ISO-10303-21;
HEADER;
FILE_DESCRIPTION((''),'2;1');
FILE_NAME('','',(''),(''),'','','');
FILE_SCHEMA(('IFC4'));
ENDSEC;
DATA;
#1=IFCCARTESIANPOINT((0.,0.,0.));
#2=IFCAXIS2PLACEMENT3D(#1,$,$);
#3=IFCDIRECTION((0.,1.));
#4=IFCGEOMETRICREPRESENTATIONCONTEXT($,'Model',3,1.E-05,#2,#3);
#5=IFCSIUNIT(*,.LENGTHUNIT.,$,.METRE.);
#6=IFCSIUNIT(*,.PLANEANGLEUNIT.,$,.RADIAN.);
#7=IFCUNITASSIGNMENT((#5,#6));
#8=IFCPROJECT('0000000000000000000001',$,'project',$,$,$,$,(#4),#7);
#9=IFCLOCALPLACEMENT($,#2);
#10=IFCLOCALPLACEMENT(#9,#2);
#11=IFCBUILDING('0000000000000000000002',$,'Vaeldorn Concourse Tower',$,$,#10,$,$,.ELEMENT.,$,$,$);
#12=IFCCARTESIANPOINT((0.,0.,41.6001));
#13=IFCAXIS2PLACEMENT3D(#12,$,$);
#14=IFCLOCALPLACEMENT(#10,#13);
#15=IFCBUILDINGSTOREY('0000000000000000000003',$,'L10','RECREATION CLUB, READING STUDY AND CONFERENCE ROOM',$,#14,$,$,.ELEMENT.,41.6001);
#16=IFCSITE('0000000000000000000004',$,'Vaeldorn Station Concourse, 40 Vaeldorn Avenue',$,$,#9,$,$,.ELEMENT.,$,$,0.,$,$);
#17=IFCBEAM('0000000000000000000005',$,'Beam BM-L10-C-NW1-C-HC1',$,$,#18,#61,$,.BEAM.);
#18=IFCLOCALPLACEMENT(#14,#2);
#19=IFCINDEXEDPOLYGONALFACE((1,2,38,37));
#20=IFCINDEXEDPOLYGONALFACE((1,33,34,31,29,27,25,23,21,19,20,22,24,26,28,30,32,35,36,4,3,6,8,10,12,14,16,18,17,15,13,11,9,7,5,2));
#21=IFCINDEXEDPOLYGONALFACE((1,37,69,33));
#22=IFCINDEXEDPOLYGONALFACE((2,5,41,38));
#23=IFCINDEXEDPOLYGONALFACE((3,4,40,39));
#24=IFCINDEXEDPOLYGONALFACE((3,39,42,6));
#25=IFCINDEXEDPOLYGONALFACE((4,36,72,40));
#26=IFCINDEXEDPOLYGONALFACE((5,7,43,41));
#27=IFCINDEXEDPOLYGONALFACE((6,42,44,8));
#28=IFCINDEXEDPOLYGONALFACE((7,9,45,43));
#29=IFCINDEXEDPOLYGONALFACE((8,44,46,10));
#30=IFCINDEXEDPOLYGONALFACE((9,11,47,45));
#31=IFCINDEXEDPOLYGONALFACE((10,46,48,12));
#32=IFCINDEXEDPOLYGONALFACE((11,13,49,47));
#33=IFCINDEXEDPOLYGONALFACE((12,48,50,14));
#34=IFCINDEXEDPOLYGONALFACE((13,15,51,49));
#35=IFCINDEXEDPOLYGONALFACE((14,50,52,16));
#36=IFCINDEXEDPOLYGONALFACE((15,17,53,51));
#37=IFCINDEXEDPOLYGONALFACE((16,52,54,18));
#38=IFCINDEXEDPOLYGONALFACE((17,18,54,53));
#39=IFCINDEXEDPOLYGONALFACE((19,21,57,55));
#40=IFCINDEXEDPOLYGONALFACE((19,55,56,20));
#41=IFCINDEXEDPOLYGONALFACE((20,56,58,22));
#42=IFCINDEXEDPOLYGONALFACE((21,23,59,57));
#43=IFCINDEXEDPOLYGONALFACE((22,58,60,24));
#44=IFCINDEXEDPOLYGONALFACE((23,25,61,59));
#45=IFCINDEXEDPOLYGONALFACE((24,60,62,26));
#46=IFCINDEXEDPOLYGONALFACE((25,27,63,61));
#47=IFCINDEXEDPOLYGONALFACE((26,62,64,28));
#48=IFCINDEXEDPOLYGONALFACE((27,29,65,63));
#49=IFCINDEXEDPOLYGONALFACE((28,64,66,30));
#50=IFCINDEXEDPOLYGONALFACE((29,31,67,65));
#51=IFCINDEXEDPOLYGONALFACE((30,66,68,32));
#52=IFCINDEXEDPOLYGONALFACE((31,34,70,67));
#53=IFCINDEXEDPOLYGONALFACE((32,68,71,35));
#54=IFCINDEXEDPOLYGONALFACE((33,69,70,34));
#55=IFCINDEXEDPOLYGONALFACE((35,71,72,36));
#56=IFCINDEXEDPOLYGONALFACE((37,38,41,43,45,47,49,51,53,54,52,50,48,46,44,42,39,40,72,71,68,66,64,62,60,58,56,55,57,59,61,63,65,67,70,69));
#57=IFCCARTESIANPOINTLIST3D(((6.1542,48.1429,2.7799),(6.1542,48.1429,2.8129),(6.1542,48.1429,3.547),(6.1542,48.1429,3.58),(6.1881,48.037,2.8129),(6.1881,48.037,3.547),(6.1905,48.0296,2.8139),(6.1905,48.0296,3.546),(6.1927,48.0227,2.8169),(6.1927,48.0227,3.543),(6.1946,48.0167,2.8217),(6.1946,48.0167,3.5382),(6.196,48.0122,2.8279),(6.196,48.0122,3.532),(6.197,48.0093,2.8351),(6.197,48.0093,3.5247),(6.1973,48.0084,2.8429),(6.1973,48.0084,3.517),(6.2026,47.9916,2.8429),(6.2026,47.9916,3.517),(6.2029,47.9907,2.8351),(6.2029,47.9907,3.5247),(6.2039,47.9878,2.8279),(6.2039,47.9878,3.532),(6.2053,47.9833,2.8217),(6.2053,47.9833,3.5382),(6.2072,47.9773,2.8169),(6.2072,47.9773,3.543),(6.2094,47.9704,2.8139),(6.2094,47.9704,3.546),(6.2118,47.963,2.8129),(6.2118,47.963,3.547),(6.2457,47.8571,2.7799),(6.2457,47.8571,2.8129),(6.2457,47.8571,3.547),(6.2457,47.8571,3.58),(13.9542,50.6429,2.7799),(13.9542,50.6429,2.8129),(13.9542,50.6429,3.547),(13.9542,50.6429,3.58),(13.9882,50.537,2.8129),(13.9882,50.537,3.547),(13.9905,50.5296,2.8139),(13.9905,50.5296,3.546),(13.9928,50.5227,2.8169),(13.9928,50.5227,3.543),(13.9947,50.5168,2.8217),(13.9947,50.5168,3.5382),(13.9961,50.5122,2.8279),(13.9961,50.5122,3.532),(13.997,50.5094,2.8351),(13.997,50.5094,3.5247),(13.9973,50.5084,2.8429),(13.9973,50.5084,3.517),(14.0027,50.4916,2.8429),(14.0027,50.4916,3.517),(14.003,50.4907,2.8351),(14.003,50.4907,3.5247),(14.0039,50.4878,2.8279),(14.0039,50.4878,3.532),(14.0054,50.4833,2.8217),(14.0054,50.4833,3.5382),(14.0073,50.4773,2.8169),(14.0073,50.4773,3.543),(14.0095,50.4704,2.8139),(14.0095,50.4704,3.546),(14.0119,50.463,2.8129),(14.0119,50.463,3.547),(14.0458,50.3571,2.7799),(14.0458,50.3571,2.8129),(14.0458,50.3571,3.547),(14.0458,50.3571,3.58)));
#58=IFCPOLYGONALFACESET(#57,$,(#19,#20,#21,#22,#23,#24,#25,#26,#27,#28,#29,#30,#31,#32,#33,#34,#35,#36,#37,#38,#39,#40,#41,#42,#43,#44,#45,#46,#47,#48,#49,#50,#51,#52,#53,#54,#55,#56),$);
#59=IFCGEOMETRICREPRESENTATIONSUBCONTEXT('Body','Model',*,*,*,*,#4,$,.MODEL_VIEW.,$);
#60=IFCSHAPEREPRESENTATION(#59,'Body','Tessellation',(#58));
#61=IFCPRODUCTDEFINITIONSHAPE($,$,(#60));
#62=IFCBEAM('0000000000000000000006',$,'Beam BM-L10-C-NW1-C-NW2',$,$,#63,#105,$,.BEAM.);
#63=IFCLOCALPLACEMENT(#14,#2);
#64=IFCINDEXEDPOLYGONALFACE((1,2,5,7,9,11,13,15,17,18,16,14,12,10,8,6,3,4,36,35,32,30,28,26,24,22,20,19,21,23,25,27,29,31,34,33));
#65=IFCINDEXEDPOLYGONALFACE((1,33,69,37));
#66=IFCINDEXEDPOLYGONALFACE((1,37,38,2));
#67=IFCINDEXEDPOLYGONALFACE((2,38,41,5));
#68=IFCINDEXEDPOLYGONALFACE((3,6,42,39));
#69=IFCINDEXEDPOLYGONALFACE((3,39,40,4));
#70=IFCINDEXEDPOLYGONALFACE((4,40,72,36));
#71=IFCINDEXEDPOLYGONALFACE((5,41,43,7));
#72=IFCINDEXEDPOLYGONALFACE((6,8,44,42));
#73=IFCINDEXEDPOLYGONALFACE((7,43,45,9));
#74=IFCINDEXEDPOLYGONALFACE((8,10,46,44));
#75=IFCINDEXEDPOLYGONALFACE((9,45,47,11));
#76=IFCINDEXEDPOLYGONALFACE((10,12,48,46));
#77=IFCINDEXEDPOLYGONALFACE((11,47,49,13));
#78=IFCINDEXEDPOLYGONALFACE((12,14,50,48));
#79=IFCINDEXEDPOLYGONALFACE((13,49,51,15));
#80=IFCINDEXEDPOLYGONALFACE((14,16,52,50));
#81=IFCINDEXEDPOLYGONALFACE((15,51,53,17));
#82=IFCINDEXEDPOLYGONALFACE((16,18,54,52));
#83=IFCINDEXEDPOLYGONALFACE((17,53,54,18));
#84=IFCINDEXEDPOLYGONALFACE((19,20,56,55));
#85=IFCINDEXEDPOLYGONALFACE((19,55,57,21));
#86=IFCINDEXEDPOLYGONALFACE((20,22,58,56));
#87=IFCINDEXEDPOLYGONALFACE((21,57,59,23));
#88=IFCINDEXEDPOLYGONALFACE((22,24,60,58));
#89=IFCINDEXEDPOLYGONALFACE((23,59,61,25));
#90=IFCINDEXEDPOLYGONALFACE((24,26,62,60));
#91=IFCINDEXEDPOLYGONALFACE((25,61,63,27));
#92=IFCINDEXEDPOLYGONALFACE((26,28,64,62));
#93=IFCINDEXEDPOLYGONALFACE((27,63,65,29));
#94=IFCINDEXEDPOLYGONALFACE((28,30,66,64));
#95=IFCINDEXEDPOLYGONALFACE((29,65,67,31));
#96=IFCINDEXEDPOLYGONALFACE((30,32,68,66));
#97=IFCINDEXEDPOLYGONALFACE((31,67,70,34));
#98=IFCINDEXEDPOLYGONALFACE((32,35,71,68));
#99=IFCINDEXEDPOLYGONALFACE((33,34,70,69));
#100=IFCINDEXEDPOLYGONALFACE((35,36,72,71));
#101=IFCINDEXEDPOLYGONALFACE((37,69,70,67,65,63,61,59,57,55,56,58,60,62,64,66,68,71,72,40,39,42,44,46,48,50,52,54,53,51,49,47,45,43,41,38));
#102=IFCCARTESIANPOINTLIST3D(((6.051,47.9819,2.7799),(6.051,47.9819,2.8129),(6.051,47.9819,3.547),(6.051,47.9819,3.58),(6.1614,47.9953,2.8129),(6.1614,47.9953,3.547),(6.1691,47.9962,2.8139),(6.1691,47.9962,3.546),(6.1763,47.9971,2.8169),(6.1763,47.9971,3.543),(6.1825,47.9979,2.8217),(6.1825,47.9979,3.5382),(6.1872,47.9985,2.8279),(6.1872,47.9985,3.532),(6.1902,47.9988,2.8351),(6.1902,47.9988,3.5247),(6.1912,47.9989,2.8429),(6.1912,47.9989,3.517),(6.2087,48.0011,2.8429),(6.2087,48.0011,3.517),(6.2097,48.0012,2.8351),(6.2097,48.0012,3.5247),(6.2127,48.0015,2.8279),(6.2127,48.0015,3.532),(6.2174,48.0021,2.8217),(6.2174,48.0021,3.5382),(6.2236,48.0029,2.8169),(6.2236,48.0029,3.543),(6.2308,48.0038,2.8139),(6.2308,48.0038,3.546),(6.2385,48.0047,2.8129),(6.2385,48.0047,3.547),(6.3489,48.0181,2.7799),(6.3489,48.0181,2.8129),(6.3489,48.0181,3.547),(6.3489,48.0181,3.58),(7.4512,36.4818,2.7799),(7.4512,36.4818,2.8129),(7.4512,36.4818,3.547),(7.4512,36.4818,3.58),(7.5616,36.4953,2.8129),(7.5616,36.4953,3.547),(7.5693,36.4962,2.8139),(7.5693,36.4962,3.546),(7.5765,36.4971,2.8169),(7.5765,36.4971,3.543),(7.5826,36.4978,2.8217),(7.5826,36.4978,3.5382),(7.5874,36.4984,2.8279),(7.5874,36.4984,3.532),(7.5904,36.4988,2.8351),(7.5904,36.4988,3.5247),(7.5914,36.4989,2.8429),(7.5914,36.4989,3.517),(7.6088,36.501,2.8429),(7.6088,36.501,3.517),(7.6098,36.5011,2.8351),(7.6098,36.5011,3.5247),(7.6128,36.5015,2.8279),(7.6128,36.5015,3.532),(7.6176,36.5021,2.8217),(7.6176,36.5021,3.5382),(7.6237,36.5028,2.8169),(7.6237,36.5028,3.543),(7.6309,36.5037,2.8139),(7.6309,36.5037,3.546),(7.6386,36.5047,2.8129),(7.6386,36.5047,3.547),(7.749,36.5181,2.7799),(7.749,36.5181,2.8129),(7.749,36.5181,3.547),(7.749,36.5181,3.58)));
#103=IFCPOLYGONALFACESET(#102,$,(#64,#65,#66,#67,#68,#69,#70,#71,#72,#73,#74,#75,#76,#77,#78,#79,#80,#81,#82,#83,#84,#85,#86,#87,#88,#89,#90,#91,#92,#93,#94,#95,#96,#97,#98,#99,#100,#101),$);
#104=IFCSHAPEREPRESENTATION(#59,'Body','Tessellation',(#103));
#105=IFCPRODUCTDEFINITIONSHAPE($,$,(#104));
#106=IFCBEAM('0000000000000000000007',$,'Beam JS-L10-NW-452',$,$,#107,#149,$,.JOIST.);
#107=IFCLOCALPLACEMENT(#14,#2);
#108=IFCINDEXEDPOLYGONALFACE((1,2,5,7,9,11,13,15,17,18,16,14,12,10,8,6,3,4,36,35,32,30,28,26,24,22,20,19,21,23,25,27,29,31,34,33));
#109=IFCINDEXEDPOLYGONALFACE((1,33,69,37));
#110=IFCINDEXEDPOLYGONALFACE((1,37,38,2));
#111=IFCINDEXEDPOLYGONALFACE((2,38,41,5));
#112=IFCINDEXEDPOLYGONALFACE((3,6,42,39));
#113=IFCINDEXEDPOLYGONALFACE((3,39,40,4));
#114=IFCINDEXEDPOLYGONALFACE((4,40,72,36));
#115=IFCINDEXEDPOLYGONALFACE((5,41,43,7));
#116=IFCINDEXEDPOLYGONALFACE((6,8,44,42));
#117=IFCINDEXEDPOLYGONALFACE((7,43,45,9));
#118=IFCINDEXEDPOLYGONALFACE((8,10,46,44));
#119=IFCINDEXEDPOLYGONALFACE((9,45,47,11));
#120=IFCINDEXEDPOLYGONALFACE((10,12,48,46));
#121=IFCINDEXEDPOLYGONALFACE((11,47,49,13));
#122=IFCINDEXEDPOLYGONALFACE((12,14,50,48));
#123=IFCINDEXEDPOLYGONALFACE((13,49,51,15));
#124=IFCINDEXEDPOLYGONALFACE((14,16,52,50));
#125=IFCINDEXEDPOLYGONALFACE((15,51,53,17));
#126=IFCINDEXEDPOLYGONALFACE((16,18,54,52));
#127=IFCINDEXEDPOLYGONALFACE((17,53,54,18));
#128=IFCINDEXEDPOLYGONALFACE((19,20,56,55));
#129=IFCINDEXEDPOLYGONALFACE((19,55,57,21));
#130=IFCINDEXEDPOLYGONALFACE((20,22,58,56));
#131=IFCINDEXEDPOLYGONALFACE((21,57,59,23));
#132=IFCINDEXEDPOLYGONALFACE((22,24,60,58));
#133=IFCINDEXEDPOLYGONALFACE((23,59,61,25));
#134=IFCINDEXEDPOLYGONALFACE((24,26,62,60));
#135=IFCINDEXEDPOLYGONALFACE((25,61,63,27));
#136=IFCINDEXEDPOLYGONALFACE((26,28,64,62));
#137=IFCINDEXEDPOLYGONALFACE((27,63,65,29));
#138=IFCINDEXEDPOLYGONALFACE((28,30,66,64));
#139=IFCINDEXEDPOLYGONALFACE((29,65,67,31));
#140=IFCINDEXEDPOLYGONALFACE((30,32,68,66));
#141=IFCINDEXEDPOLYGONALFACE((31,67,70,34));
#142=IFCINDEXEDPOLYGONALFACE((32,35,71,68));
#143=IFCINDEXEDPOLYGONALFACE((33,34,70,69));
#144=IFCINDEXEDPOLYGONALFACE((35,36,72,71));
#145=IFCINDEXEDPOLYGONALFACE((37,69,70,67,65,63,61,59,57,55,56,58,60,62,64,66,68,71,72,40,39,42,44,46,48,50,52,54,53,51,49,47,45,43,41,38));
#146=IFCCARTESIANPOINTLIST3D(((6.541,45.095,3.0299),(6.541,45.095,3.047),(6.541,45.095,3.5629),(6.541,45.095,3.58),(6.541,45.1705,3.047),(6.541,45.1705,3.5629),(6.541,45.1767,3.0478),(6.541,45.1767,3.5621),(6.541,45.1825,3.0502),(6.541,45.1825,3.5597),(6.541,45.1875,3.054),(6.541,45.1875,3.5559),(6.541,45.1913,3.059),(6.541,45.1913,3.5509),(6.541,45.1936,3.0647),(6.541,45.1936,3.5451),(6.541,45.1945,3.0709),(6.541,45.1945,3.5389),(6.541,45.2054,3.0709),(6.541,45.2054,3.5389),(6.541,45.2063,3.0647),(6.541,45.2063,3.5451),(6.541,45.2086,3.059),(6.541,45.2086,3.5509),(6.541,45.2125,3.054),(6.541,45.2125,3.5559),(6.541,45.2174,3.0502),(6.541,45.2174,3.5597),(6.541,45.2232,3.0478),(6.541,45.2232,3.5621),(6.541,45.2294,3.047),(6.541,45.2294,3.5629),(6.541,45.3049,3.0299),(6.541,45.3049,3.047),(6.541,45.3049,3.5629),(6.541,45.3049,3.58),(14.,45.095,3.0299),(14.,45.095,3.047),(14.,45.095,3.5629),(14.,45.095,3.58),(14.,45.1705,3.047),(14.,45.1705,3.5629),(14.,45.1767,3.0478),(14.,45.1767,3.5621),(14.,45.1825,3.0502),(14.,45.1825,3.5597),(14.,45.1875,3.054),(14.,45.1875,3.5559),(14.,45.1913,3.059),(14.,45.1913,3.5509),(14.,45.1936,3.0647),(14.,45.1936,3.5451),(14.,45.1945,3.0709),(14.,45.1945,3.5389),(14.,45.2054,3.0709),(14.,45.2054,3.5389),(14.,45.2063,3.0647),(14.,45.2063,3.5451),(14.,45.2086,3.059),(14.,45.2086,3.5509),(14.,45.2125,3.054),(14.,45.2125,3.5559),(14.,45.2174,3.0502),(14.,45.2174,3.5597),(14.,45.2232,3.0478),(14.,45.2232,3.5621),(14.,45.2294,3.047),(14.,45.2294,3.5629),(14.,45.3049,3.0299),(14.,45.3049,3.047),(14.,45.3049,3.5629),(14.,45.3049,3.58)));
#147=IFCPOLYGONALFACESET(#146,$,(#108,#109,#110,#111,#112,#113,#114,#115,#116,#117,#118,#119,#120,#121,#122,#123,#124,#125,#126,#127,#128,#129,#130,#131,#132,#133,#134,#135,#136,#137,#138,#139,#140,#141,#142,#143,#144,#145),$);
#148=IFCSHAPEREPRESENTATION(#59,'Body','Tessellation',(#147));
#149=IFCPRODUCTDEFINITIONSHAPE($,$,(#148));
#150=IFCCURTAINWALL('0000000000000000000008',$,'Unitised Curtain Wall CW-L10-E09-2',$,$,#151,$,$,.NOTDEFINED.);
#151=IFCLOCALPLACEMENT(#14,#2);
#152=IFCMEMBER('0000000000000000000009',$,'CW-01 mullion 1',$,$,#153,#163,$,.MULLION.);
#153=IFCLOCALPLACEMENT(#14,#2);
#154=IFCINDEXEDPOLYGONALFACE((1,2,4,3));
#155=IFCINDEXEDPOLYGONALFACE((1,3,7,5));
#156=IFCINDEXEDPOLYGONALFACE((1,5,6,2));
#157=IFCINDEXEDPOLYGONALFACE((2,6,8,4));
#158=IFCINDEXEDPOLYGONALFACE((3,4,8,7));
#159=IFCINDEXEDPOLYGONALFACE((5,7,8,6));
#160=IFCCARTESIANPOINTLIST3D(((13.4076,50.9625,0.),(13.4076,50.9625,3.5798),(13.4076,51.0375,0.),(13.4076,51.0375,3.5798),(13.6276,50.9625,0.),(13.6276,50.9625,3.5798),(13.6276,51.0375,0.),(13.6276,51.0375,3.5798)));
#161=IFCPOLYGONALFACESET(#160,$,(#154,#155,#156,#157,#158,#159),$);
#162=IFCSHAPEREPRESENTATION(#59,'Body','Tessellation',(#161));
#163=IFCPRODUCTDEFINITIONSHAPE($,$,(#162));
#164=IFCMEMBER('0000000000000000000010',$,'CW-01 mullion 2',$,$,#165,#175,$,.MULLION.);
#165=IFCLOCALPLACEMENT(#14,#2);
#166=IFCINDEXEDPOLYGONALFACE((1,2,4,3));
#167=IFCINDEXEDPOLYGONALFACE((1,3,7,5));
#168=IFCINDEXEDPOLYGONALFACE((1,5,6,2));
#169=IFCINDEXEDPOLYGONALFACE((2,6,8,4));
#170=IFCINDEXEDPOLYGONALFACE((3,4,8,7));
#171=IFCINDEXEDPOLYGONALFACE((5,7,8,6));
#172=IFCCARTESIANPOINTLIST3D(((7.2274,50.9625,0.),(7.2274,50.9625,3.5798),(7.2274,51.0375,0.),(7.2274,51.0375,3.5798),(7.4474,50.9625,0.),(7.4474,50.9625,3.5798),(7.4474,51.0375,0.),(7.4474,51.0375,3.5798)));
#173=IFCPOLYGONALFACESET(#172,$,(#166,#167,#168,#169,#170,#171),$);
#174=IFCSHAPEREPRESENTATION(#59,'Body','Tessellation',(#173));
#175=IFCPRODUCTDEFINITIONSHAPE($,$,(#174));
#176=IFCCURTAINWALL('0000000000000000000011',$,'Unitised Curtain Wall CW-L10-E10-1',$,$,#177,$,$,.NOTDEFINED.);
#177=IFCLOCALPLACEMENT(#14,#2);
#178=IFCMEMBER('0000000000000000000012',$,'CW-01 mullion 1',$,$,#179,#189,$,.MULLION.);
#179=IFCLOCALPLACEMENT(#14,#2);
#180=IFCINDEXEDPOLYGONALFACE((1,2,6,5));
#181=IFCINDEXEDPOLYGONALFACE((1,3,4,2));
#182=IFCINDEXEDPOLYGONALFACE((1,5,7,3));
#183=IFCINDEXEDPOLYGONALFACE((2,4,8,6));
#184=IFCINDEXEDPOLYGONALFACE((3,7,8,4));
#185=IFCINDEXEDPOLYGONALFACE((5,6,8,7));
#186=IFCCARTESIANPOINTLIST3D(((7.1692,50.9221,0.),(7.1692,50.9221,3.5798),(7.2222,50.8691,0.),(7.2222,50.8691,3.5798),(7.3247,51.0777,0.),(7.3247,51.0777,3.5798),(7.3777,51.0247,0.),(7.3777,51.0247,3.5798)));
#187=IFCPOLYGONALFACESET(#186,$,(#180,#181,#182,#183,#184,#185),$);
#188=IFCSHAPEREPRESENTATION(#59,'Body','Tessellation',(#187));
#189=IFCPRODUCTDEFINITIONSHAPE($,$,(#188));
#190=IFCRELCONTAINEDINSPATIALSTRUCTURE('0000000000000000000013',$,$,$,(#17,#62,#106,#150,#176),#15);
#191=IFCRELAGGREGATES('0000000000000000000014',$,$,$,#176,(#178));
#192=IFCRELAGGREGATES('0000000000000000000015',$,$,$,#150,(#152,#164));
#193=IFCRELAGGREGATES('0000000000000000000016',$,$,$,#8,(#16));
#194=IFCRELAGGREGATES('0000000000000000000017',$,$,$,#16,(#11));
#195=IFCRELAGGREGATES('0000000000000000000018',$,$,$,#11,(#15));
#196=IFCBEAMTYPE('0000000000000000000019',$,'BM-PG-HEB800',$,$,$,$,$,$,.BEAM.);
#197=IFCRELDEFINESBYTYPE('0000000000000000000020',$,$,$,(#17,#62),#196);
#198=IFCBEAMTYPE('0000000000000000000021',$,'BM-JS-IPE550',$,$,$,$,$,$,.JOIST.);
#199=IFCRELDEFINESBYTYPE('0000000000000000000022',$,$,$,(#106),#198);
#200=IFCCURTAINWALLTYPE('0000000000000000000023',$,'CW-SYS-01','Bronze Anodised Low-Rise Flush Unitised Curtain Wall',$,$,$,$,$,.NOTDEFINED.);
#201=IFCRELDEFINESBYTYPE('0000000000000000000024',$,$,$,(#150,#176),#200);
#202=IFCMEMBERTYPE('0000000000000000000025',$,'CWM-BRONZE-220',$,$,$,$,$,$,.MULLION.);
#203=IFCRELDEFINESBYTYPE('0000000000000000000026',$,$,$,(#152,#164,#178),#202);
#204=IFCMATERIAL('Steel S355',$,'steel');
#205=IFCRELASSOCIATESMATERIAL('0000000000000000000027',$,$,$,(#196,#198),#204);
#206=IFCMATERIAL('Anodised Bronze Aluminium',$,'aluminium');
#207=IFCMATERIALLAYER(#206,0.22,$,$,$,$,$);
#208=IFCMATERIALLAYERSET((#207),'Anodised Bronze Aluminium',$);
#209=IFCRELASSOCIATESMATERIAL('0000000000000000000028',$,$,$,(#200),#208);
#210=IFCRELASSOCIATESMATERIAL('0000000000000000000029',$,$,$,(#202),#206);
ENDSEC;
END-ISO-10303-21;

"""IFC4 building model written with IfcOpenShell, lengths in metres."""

from ifc_helpers import new_model, si_unit, direction, frame, origin, origin_2d, place, context, subcontext, project, spatial, rectangle, i_section, extrude, source, transform, mapped, material, layer, layer_set, material_profile, profile_set, type_object, element, aggregate, save


model = new_model("IFC4")

# Units and contexts
model_context = context("Model", 3, precision=1e-05, world=origin(), true_north=direction((0.0, 1.0)))
body_context = subcontext(model_context, "Body", "Model", "MODEL_VIEW")
ifc_project = project(units=[si_unit("LENGTHUNIT", "METRE"), si_unit("PLANEANGLEUNIT", "RADIAN")], contexts=[model_context])

# Site, building, storey
site_placement = place(None, origin())
site = spatial("IfcSite", under=ifc_project, at=site_placement, Name="Vaeldorn Station Concourse, 40 Vaeldorn Avenue", CompositionType="ELEMENT", RefElevation=0.0)
building_placement = place(site_placement, origin())
building = spatial("IfcBuilding", under=site, at=building_placement, Name="Vaeldorn Concourse Tower", CompositionType="ELEMENT")
storey_placement = place(building_placement, frame((0.0, 0.0, 41.6001)))
storey = spatial("IfcBuildingStorey", under=building, at=storey_placement, Name="L10", Description="RECREATION CLUB, READING STUDY AND CONFERENCE ROOM", CompositionType="ELEMENT", Elevation=41.6001)

# Beams
ifc_material_1 = material(Name="Steel S355", Category="steel")
ifc_material_profile_1 = material_profile(ifc_material_1, i_section(OverallWidth=0.3, OverallDepth=0.8, WebThickness=0.0176, FlangeThickness=0.033, FilletRadius=0.03, at=origin_2d()), Name="HEB 800")
ifc_profile_set_1 = profile_set([ifc_material_profile_1], Name="Steel S355")
beam_type_1 = type_object("IfcBeamType", Name="BM-PG-HEB800", PredefinedType="BEAM", material=ifc_profile_set_1)
shared_shape_1 = source(origin(), body_context, "Body", "SweptSolid", [
    extrude(i_section(OverallWidth=0.3, OverallDepth=0.8, WebThickness=0.0176, FlangeThickness=0.033, FilletRadius=0.03, at=origin_2d()), origin(), (0.0, 0.0, 1.0), 8.1909),
])
beam_1_placement = place(storey_placement, frame((6.2, 48.0, 3.1799), z_axis=(0.952283, 0.305217, 0.0), x_axis=(-0.305217, 0.952283, 0.0)))
element("IfcBeam", 1, at=beam_1_placement, inside=storey, type_object=beam_type_1, Name="Beam BM-L10-C-NW1-C-HC1", PredefinedType="BEAM", context=body_context, shape_type="MappedRepresentation", body=[
    mapped(shared_shape_1, transform((0.0, 0.0, 0.0), scale=1.0)),
])
shared_shape_2 = source(origin(), body_context, "Body", "SweptSolid", [
    extrude(i_section(OverallWidth=0.3, OverallDepth=0.8, WebThickness=0.0176, FlangeThickness=0.033, FilletRadius=0.03, at=origin_2d()), origin(), (0.0, 0.0, 1.0), 11.585),
])
beam_2_placement = place(storey_placement, frame((6.2, 48.0, 3.1799), z_axis=(0.120859, -0.99267, 0.0), x_axis=(0.99267, 0.120859, 0.0)))
element("IfcBeam", 2, at=beam_2_placement, inside=storey, type_object=beam_type_1, Name="Beam BM-L10-C-NW1-C-NW2", PredefinedType="BEAM", context=body_context, shape_type="MappedRepresentation", body=[
    mapped(shared_shape_2, transform((0.0, 0.0, 0.0), scale=1.0)),
])
ifc_material_profile_2 = material_profile(ifc_material_1, i_section(OverallWidth=0.21, OverallDepth=0.55, WebThickness=0.011, FlangeThickness=0.0171, FilletRadius=0.0239, at=origin_2d()), Name="IPE 550")
ifc_profile_set_2 = profile_set([ifc_material_profile_2], Name="Steel S355")
beam_type_2 = type_object("IfcBeamType", Name="BM-JS-IPE550", PredefinedType="JOIST", material=ifc_profile_set_2)
shared_shape_3 = source(origin(), body_context, "Body", "SweptSolid", [
    extrude(i_section(OverallWidth=0.21, OverallDepth=0.55, WebThickness=0.011, FlangeThickness=0.0171, FilletRadius=0.0239, at=origin_2d()), origin(), (0.0, 0.0, 1.0), 7.459),
])
beam_3_placement = place(storey_placement, frame((6.541, 45.2, 3.3049), z_axis=(1.0, 0.0, 0.0), x_axis=(0.0, 1.0, 0.0)))
element("IfcBeam", 3, at=beam_3_placement, inside=storey, type_object=beam_type_2, Name="Beam JS-L10-NW-452", PredefinedType="JOIST", context=body_context, shape_type="MappedRepresentation", body=[
    mapped(shared_shape_3, transform((0.0, 0.0, 0.0), scale=1.0)),
])

# Curtain walls, members
ifc_material_2 = material(Name="Anodised Bronze Aluminium", Category="aluminium")
ifc_layer_1 = layer(ifc_material_2, 0.22)
ifc_layer_set_1 = layer_set([ifc_layer_1], Name="Anodised Bronze Aluminium")
curtain_wall_type = type_object("IfcCurtainWallType", Name="CW-SYS-01", Description="Bronze Anodised Low-Rise Flush Unitised Curtain Wall", PredefinedType="NOTDEFINED", material=ifc_layer_set_1)
curtain_wall_1_placement = place(storey_placement, origin())
curtain_wall_1 = element("IfcCurtainWall", 4, at=curtain_wall_1_placement, inside=storey, type_object=curtain_wall_type, Name="Unitised Curtain Wall CW-L10-E09-2", PredefinedType="NOTDEFINED")
ifc_material_profile_3 = material_profile(ifc_material_2, rectangle(XDim=0.075, YDim=0.22, at=origin_2d()), Name="CWM 75x220")
ifc_profile_set_3 = profile_set([ifc_material_profile_3], Name="Anodised Bronze Aluminium")
member_type_1 = type_object("IfcMemberType", Name="CWM-BRONZE-220", PredefinedType="MULLION", material=ifc_profile_set_3)
shared_shape_4 = source(origin(), body_context, "Body", "SweptSolid", [
    extrude(rectangle(XDim=0.075, YDim=0.22, at=origin_2d()), origin(), (0.0, 0.0, 1.0), 3.5798),
])
member_1_placement = place(storey_placement, frame((13.5176, 51.0, 0.0), z_axis=(0.0, 0.0, 1.0), x_axis=(0.0, -1.0, 0.0)))
member_1 = element("IfcMember", 5, at=member_1_placement, type_object=member_type_1, Name="CW-01 mullion 1", PredefinedType="MULLION", context=body_context, shape_type="MappedRepresentation", body=[
    mapped(shared_shape_4, transform((0.0, 0.0, 0.0), scale=1.0)),
])
member_2_placement = place(storey_placement, frame((7.3374, 51.0, 0.0), z_axis=(0.0, 0.0, 1.0), x_axis=(0.0, -1.0, 0.0)))
member_2 = element("IfcMember", 6, at=member_2_placement, type_object=member_type_1, Name="CW-01 mullion 2", PredefinedType="MULLION", context=body_context, shape_type="MappedRepresentation", body=[
    mapped(shared_shape_4, transform((0.0, 0.0, 0.0), scale=1.0)),
])
curtain_wall_2_placement = place(storey_placement, origin())
curtain_wall_2 = element("IfcCurtainWall", 7, at=curtain_wall_2_placement, inside=storey, type_object=curtain_wall_type, Name="Unitised Curtain Wall CW-L10-E10-1", PredefinedType="NOTDEFINED")
member_3_placement = place(storey_placement, frame((7.2734, 50.9734, 0.0), z_axis=(0.0, 0.0, 1.0), x_axis=(0.707107, -0.707107, 0.0)))
member_3 = element("IfcMember", 8, at=member_3_placement, type_object=member_type_1, Name="CW-01 mullion 1", PredefinedType="MULLION", context=body_context, shape_type="MappedRepresentation", body=[
    mapped(shared_shape_4, transform((0.0, 0.0, 0.0), scale=1.0)),
])

aggregate(curtain_wall_2, [member_3])
aggregate(curtain_wall_1, [member_1, member_2])

save(model, "model.ifc")
